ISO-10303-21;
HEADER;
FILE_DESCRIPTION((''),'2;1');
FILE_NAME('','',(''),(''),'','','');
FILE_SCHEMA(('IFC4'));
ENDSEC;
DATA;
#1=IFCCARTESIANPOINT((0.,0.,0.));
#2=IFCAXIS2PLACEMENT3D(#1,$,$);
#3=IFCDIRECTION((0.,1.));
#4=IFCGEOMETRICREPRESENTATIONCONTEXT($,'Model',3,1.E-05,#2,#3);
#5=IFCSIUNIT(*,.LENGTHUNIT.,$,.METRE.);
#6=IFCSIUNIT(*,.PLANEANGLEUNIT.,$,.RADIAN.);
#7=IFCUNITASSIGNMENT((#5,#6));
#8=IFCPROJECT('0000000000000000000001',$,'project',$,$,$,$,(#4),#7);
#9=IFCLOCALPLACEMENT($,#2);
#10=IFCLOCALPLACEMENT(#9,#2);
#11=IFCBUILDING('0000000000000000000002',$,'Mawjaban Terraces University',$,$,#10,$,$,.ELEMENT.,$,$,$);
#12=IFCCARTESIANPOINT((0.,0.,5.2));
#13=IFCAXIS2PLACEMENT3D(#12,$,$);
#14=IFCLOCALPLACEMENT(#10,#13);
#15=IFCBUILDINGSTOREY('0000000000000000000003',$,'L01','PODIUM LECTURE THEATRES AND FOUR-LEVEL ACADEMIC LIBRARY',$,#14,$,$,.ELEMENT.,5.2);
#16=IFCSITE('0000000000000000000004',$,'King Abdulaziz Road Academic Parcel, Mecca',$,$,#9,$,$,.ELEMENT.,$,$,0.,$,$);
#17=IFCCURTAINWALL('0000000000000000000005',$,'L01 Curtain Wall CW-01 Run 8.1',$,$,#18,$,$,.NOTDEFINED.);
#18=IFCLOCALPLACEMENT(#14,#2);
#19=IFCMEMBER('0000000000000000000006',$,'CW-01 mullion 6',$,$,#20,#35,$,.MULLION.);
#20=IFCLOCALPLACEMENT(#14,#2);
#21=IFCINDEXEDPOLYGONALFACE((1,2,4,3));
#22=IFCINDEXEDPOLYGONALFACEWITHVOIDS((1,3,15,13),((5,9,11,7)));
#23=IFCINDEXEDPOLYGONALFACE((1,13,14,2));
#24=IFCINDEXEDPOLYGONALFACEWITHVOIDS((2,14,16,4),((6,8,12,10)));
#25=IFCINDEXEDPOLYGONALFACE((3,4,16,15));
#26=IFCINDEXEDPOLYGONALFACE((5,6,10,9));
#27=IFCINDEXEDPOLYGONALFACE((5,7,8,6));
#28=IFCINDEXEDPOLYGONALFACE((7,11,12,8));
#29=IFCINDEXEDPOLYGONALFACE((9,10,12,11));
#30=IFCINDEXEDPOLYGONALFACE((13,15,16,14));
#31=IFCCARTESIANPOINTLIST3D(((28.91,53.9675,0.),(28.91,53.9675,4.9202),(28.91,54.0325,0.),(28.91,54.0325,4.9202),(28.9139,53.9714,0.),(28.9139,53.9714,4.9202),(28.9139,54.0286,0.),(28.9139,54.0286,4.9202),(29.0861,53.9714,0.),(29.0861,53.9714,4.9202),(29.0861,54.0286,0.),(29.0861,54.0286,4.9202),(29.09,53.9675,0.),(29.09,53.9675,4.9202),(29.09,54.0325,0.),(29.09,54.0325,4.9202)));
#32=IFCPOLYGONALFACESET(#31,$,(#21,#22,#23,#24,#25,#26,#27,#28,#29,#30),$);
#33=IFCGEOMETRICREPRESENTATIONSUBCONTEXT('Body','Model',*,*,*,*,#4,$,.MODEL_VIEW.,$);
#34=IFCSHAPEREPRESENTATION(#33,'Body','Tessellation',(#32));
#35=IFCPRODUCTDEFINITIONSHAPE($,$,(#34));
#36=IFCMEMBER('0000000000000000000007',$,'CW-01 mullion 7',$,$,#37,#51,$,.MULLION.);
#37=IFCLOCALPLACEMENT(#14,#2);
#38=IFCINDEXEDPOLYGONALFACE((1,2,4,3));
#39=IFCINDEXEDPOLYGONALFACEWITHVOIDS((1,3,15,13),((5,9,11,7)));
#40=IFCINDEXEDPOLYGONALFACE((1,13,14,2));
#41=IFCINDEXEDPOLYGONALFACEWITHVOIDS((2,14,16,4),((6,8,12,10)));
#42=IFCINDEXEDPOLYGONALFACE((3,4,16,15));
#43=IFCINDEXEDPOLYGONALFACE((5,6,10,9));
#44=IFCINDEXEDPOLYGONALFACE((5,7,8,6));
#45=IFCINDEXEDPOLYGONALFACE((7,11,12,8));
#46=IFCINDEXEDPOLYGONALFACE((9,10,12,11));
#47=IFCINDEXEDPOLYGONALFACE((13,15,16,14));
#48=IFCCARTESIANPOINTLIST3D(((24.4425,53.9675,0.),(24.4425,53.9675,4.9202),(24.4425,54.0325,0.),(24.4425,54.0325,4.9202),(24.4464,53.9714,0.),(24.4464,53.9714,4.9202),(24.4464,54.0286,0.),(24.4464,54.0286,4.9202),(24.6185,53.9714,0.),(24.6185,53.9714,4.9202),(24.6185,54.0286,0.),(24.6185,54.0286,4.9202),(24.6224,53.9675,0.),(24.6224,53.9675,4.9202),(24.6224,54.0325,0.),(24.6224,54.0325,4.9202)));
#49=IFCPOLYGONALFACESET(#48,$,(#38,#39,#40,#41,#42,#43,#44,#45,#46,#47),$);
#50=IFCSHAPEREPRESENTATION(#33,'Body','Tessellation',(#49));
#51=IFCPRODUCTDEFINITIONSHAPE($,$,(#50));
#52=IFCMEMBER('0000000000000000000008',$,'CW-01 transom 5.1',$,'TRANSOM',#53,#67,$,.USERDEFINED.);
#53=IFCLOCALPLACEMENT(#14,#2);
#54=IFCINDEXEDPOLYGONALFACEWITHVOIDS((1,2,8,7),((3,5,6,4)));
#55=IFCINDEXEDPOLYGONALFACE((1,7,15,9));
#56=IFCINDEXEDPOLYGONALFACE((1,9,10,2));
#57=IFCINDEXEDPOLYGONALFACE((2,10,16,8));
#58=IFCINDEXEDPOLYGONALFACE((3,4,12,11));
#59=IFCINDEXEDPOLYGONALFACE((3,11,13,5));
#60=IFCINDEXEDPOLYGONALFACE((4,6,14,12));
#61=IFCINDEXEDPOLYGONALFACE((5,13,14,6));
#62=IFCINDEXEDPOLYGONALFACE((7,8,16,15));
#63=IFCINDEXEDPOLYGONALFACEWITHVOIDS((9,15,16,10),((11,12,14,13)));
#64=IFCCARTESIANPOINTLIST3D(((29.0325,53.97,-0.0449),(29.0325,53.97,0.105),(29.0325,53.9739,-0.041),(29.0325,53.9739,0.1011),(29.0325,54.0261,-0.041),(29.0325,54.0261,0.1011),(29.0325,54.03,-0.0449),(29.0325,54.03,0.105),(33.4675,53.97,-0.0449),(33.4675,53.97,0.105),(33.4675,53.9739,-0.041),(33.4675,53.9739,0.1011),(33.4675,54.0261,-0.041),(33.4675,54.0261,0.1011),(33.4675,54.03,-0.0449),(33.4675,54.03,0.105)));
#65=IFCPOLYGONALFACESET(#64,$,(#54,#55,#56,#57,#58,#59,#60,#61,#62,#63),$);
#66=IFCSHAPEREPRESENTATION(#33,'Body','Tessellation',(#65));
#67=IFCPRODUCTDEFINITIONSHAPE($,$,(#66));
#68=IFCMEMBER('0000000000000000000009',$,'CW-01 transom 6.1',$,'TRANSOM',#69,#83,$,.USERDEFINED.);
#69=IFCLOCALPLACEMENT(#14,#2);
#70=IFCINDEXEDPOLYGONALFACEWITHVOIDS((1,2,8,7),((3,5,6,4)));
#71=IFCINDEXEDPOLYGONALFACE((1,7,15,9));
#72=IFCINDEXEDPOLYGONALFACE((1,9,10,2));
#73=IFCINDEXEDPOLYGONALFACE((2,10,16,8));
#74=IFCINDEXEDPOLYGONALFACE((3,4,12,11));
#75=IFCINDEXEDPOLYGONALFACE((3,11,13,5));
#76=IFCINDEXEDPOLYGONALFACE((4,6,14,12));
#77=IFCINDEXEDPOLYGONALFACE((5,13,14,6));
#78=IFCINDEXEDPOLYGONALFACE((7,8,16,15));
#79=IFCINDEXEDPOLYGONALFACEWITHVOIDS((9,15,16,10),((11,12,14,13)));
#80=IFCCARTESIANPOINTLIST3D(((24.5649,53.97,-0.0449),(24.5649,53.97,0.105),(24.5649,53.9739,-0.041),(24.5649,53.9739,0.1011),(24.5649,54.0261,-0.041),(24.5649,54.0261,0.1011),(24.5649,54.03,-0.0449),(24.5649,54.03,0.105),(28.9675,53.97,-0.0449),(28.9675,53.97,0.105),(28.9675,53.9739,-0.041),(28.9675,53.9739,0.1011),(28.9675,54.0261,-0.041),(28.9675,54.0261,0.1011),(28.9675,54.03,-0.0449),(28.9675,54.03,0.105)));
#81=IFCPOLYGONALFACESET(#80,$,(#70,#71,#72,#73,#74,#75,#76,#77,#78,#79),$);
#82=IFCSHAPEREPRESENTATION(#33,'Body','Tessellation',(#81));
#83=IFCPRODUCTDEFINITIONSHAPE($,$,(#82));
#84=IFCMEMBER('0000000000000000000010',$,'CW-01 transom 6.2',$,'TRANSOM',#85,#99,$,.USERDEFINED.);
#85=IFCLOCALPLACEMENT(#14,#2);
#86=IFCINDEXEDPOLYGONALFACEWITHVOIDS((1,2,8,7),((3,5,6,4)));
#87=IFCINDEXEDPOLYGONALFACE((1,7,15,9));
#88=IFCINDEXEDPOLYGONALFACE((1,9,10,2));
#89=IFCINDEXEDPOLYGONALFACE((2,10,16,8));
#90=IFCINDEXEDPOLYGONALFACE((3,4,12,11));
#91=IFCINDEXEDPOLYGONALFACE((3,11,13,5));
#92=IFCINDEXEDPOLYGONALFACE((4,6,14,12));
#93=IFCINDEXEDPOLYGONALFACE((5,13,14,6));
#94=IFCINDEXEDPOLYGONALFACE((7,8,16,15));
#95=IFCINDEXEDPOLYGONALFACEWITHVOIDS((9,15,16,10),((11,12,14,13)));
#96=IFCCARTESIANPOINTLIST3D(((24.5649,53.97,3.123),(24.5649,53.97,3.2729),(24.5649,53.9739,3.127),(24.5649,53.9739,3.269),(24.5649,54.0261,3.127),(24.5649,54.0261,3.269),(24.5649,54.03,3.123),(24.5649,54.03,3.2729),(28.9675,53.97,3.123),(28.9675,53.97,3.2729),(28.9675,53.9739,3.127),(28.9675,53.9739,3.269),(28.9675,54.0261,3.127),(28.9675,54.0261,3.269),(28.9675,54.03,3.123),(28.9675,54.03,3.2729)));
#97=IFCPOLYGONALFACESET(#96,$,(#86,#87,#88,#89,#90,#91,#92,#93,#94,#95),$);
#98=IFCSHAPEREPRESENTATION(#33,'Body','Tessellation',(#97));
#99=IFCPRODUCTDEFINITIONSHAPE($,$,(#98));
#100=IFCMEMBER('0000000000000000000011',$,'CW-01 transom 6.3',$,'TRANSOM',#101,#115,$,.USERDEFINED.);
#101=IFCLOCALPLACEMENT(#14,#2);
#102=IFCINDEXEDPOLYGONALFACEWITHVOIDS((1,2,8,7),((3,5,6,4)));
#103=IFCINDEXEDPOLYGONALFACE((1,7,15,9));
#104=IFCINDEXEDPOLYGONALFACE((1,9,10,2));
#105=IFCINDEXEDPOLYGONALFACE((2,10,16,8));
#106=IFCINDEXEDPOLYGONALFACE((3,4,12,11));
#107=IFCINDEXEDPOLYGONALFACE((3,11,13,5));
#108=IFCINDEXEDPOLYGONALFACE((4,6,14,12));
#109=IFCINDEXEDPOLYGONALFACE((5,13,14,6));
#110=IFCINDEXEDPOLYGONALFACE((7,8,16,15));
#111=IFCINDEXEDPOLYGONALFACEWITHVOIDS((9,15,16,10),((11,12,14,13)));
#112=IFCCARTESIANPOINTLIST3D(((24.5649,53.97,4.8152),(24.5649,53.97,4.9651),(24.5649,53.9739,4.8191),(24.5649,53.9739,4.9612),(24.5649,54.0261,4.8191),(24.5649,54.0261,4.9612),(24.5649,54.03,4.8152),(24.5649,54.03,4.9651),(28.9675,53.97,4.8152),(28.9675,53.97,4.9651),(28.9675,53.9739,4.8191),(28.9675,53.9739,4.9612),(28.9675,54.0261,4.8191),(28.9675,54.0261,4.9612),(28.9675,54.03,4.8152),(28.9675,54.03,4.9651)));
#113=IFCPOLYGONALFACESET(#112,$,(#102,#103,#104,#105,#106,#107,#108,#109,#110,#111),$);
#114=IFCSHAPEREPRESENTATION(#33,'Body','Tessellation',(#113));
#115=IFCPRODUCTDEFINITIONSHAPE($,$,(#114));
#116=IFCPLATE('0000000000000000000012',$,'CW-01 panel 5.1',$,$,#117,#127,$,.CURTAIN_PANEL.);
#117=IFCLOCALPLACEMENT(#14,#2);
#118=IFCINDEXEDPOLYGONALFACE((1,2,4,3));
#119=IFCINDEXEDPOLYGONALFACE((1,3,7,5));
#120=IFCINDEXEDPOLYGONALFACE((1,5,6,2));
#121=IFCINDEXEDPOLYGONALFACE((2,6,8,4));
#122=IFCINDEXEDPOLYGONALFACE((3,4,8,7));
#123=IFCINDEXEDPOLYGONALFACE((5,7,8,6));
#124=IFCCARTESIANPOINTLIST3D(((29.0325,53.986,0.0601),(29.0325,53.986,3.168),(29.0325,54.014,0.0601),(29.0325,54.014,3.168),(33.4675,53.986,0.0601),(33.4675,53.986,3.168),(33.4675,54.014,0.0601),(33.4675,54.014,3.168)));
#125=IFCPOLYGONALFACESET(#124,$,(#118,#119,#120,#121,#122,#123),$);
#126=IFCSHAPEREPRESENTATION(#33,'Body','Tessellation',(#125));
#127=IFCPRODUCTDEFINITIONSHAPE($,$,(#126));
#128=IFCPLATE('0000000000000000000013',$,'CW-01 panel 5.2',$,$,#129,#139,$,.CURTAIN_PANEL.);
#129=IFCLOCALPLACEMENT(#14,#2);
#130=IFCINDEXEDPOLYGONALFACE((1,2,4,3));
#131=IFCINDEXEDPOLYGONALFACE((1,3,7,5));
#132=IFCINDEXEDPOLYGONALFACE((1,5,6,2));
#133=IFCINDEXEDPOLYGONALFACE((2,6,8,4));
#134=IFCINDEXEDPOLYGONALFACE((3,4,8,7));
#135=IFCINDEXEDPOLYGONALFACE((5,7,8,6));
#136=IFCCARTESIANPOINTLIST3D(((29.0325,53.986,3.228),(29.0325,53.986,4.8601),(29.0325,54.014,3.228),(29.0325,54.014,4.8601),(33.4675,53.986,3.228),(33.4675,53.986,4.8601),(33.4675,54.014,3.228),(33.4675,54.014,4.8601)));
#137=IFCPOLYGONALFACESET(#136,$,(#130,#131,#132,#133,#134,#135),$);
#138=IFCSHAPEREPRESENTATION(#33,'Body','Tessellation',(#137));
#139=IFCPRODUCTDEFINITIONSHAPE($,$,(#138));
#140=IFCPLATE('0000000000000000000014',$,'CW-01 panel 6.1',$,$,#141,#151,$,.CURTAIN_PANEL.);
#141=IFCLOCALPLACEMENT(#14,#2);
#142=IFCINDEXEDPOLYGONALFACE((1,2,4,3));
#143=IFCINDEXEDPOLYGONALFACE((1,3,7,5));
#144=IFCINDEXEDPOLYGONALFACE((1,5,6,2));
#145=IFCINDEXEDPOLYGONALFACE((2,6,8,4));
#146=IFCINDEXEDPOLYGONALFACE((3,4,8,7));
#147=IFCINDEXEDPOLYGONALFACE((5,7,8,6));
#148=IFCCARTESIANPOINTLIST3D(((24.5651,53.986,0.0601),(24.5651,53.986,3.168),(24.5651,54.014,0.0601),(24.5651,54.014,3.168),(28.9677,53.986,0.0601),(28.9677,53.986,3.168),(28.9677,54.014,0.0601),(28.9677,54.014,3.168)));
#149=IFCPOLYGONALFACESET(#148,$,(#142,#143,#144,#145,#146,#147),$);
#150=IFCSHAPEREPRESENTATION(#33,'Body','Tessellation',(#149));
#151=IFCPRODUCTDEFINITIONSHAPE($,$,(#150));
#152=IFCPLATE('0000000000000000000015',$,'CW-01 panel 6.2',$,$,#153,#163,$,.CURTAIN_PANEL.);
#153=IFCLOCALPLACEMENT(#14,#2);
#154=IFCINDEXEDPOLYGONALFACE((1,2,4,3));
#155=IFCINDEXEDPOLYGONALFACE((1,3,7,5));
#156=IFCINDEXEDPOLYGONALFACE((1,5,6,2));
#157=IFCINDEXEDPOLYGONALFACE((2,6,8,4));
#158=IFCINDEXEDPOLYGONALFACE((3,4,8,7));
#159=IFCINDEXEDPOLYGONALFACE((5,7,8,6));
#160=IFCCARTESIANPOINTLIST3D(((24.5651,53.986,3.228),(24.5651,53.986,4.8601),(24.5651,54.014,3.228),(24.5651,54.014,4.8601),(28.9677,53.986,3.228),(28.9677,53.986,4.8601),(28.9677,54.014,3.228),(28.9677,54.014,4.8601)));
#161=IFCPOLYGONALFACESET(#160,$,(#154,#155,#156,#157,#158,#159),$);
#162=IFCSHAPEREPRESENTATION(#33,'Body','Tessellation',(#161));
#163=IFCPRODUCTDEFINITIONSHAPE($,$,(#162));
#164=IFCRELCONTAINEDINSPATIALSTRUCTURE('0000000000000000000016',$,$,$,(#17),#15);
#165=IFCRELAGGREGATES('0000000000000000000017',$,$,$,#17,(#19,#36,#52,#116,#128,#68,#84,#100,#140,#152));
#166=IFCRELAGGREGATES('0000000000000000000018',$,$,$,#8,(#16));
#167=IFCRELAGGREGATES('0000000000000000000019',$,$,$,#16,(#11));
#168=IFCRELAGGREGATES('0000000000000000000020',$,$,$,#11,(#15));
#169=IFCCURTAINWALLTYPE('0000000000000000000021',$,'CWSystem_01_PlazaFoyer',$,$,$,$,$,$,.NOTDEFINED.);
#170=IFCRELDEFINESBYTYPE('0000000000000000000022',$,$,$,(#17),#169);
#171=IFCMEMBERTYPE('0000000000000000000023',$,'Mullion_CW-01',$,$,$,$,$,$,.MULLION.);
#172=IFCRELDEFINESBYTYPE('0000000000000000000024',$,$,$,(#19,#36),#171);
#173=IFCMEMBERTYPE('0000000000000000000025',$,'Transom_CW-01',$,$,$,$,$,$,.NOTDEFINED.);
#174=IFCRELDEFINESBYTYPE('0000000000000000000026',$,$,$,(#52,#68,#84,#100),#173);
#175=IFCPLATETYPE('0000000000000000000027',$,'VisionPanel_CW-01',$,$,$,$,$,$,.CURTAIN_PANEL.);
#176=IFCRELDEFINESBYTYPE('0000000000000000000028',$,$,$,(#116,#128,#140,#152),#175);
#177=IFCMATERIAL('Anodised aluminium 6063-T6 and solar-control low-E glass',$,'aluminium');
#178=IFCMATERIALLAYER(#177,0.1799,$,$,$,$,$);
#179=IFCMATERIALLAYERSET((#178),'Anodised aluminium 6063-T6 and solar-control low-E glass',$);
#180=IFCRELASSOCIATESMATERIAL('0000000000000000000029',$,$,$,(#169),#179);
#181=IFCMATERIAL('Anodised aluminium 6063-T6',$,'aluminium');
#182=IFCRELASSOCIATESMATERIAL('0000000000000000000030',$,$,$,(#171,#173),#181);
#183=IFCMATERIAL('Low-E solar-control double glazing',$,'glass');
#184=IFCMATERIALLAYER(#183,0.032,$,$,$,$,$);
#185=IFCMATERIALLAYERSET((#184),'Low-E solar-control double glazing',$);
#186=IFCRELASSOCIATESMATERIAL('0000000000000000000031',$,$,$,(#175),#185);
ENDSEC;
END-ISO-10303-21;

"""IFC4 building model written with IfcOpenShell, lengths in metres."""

from ifc_helpers import new_model, si_unit, direction, frame, origin, origin_2d, place, context, subcontext, project, spatial, rectangle, hollow_rectangle, extrude, material, layer, layer_set, material_profile, profile_set, type_object, element, aggregate, save


model = new_model("IFC4")

# Units and contexts
model_context = context("Model", 3, precision=1e-05, world=origin(), true_north=direction((0.0, 1.0)))
body_context = subcontext(model_context, "Body", "Model", "MODEL_VIEW")
ifc_project = project(units=[si_unit("LENGTHUNIT", "METRE"), si_unit("PLANEANGLEUNIT", "RADIAN")], contexts=[model_context])

# Site, building, storey
site_placement = place(None, origin())
site = spatial("IfcSite", under=ifc_project, at=site_placement, Name="King Abdulaziz Road Academic Parcel, Mecca", CompositionType="ELEMENT", RefElevation=0.0)
building_placement = place(site_placement, origin())
building = spatial("IfcBuilding", under=site, at=building_placement, Name="Mawjaban Terraces University", CompositionType="ELEMENT")
storey_placement = place(building_placement, frame((0.0, 0.0, 5.2)))
storey = spatial("IfcBuildingStorey", under=building, at=storey_placement, Name="L01", Description="PODIUM LECTURE THEATRES AND FOUR-LEVEL ACADEMIC LIBRARY", CompositionType="ELEMENT", Elevation=5.2)

# Curtain wall, members, plates
ifc_material_1 = material(Name="Anodised aluminium 6063-T6 and solar-control low-E glass", Category="aluminium")
ifc_layer_1 = layer(ifc_material_1, 0.1799)
ifc_layer_set_1 = layer_set([ifc_layer_1], Name="Anodised aluminium 6063-T6 and solar-control low-E glass")
curtain_wall_type = type_object("IfcCurtainWallType", Name="CWSystem_01_PlazaFoyer", PredefinedType="NOTDEFINED", material=ifc_layer_set_1)
curtain_wall_placement = place(storey_placement, origin())
curtain_wall = element("IfcCurtainWall", 1, at=curtain_wall_placement, inside=storey, type_object=curtain_wall_type, Name="L01 Curtain Wall CW-01 Run 8.1", PredefinedType="NOTDEFINED")
ifc_material_2 = material(Name="Anodised aluminium 6063-T6", Category="aluminium")
ifc_material_profile_1 = material_profile(ifc_material_2, hollow_rectangle(XDim=0.0649, YDim=0.1799, WallThickness=0.0039, at=origin_2d()), Name="ALU180X65X4")
ifc_profile_set_1 = profile_set([ifc_material_profile_1], Name="Anodised aluminium 6063-T6")
member_type_1 = type_object("IfcMemberType", Name="Mullion_CW-01", PredefinedType="MULLION", material=ifc_profile_set_1)
member_1_placement = place(storey_placement, frame((29.0, 54.0, 0.0), z_axis=(0.0, 0.0, 1.0), x_axis=(0.0, -1.0, 0.0)))
member_1 = element("IfcMember", 2, at=member_1_placement, type_object=member_type_1, Name="CW-01 mullion 6", PredefinedType="MULLION", context=body_context, shape_type="SweptSolid", body=[
    extrude(hollow_rectangle(XDim=0.0649, YDim=0.1799, WallThickness=0.0039, at=origin_2d()), origin(), (0.0, 0.0, 1.0), 4.9202),
])
member_2_placement = place(storey_placement, frame((24.5325, 54.0, 0.0), z_axis=(0.0, 0.0, 1.0), x_axis=(0.0, -1.0, 0.0)))
member_2 = element("IfcMember", 3, at=member_2_placement, type_object=member_type_1, Name="CW-01 mullion 7", PredefinedType="MULLION", context=body_context, shape_type="SweptSolid", body=[
    extrude(hollow_rectangle(XDim=0.0649, YDim=0.1799, WallThickness=0.0039, at=origin_2d()), origin(), (0.0, 0.0, 1.0), 4.9202),
])
ifc_material_profile_2 = material_profile(ifc_material_2, hollow_rectangle(XDim=0.0601, YDim=0.1499, WallThickness=0.0039, at=origin_2d()), Name="ALU150X60X4")
ifc_profile_set_2 = profile_set([ifc_material_profile_2], Name="Anodised aluminium 6063-T6")
member_type_2 = type_object("IfcMemberType", Name="Transom_CW-01", PredefinedType="NOTDEFINED", material=ifc_profile_set_2)
member_3_placement = place(storey_placement, frame((33.4675, 54.0, 0.03), z_axis=(-1.0, 0.0, 0.0), x_axis=(0.0, -1.0, 0.0)))
member_3 = element("IfcMember", 4, at=member_3_placement, type_object=member_type_2, Name="CW-01 transom 5.1", ObjectType="TRANSOM", PredefinedType="USERDEFINED", context=body_context, shape_type="SweptSolid", body=[
    extrude(hollow_rectangle(XDim=0.0601, YDim=0.1499, WallThickness=0.0039, at=origin_2d()), origin(), (0.0, 0.0, 1.0), 4.4351),
])
member_4_placement = place(storey_placement, frame((28.9675, 54.0, 0.03), z_axis=(-1.0, 0.0, 0.0), x_axis=(0.0, -1.0, 0.0)))
member_4 = element("IfcMember", 5, at=member_4_placement, type_object=member_type_2, Name="CW-01 transom 6.1", ObjectType="TRANSOM", PredefinedType="USERDEFINED", context=body_context, shape_type="SweptSolid", body=[
    extrude(hollow_rectangle(XDim=0.0601, YDim=0.1499, WallThickness=0.0039, at=origin_2d()), origin(), (0.0, 0.0, 1.0), 4.4026),
])
member_5_placement = place(storey_placement, frame((28.9675, 54.0, 3.198), z_axis=(-1.0, 0.0, 0.0), x_axis=(0.0, -1.0, 0.0)))
member_5 = element("IfcMember", 6, at=member_5_placement, type_object=member_type_2, Name="CW-01 transom 6.2", ObjectType="TRANSOM", PredefinedType="USERDEFINED", context=body_context, shape_type="SweptSolid", body=[
    extrude(hollow_rectangle(XDim=0.0601, YDim=0.1499, WallThickness=0.0039, at=origin_2d()), origin(), (0.0, 0.0, 1.0), 4.4026),
])
member_6_placement = place(storey_placement, frame((28.9675, 54.0, 4.8901), z_axis=(-1.0, 0.0, 0.0), x_axis=(0.0, -1.0, 0.0)))
member_6 = element("IfcMember", 7, at=member_6_placement, type_object=member_type_2, Name="CW-01 transom 6.3", ObjectType="TRANSOM", PredefinedType="USERDEFINED", context=body_context, shape_type="SweptSolid", body=[
    extrude(hollow_rectangle(XDim=0.0601, YDim=0.1499, WallThickness=0.0039, at=origin_2d()), origin(), (0.0, 0.0, 1.0), 4.4026),
])
ifc_material_3 = material(Name="Low-E solar-control double glazing", Category="glass")
ifc_layer_2 = layer(ifc_material_3, 0.032)
ifc_layer_set_2 = layer_set([ifc_layer_2], Name="Low-E solar-control double glazing")
plate_type = type_object("IfcPlateType", Name="VisionPanel_CW-01", PredefinedType="CURTAIN_PANEL", material=ifc_layer_set_2)
plate_1_placement = place(storey_placement, frame((31.25, 54.0, 0.0601), z_axis=(0.0, 0.0, 1.0), x_axis=(-1.0, 0.0, 0.0)))
plate_1 = element("IfcPlate", 8, at=plate_1_placement, type_object=plate_type, Name="CW-01 panel 5.1", PredefinedType="CURTAIN_PANEL", context=body_context, shape_type="SweptSolid", body=[
    extrude(rectangle(XDim=4.4351, YDim=0.0281, at=origin_2d()), origin(), (0.0, 0.0, 1.0), 3.1079),
])
plate_2_placement = place(storey_placement, frame((31.25, 54.0, 3.228), z_axis=(0.0, 0.0, 1.0), x_axis=(-1.0, 0.0, 0.0)))
plate_2 = element("IfcPlate", 9, at=plate_2_placement, type_object=plate_type, Name="CW-01 panel 5.2", PredefinedType="CURTAIN_PANEL", context=body_context, shape_type="SweptSolid", body=[
    extrude(rectangle(XDim=4.4351, YDim=0.0281, at=origin_2d()), origin(), (0.0, 0.0, 1.0), 1.6321),
])
plate_3_placement = place(storey_placement, frame((26.7664, 54.0, 0.0601), z_axis=(0.0, 0.0, 1.0), x_axis=(-1.0, 0.0, 0.0)))
plate_3 = element("IfcPlate", 10, at=plate_3_placement, type_object=plate_type, Name="CW-01 panel 6.1", PredefinedType="CURTAIN_PANEL", context=body_context, shape_type="SweptSolid", body=[
    extrude(rectangle(XDim=4.4026, YDim=0.0281, at=origin_2d()), origin(), (0.0, 0.0, 1.0), 3.1079),
])
plate_4_placement = place(storey_placement, frame((26.7664, 54.0, 3.228), z_axis=(0.0, 0.0, 1.0), x_axis=(-1.0, 0.0, 0.0)))
plate_4 = element("IfcPlate", 11, at=plate_4_placement, type_object=plate_type, Name="CW-01 panel 6.2", PredefinedType="CURTAIN_PANEL", context=body_context, shape_type="SweptSolid", body=[
    extrude(rectangle(XDim=4.4026, YDim=0.0281, at=origin_2d()), origin(), (0.0, 0.0, 1.0), 1.6321),
])
aggregate(curtain_wall, [member_1, member_2, member_3, plate_1, plate_2, member_4, member_5, member_6, plate_3, plate_4])

save(model, "model.ifc")
